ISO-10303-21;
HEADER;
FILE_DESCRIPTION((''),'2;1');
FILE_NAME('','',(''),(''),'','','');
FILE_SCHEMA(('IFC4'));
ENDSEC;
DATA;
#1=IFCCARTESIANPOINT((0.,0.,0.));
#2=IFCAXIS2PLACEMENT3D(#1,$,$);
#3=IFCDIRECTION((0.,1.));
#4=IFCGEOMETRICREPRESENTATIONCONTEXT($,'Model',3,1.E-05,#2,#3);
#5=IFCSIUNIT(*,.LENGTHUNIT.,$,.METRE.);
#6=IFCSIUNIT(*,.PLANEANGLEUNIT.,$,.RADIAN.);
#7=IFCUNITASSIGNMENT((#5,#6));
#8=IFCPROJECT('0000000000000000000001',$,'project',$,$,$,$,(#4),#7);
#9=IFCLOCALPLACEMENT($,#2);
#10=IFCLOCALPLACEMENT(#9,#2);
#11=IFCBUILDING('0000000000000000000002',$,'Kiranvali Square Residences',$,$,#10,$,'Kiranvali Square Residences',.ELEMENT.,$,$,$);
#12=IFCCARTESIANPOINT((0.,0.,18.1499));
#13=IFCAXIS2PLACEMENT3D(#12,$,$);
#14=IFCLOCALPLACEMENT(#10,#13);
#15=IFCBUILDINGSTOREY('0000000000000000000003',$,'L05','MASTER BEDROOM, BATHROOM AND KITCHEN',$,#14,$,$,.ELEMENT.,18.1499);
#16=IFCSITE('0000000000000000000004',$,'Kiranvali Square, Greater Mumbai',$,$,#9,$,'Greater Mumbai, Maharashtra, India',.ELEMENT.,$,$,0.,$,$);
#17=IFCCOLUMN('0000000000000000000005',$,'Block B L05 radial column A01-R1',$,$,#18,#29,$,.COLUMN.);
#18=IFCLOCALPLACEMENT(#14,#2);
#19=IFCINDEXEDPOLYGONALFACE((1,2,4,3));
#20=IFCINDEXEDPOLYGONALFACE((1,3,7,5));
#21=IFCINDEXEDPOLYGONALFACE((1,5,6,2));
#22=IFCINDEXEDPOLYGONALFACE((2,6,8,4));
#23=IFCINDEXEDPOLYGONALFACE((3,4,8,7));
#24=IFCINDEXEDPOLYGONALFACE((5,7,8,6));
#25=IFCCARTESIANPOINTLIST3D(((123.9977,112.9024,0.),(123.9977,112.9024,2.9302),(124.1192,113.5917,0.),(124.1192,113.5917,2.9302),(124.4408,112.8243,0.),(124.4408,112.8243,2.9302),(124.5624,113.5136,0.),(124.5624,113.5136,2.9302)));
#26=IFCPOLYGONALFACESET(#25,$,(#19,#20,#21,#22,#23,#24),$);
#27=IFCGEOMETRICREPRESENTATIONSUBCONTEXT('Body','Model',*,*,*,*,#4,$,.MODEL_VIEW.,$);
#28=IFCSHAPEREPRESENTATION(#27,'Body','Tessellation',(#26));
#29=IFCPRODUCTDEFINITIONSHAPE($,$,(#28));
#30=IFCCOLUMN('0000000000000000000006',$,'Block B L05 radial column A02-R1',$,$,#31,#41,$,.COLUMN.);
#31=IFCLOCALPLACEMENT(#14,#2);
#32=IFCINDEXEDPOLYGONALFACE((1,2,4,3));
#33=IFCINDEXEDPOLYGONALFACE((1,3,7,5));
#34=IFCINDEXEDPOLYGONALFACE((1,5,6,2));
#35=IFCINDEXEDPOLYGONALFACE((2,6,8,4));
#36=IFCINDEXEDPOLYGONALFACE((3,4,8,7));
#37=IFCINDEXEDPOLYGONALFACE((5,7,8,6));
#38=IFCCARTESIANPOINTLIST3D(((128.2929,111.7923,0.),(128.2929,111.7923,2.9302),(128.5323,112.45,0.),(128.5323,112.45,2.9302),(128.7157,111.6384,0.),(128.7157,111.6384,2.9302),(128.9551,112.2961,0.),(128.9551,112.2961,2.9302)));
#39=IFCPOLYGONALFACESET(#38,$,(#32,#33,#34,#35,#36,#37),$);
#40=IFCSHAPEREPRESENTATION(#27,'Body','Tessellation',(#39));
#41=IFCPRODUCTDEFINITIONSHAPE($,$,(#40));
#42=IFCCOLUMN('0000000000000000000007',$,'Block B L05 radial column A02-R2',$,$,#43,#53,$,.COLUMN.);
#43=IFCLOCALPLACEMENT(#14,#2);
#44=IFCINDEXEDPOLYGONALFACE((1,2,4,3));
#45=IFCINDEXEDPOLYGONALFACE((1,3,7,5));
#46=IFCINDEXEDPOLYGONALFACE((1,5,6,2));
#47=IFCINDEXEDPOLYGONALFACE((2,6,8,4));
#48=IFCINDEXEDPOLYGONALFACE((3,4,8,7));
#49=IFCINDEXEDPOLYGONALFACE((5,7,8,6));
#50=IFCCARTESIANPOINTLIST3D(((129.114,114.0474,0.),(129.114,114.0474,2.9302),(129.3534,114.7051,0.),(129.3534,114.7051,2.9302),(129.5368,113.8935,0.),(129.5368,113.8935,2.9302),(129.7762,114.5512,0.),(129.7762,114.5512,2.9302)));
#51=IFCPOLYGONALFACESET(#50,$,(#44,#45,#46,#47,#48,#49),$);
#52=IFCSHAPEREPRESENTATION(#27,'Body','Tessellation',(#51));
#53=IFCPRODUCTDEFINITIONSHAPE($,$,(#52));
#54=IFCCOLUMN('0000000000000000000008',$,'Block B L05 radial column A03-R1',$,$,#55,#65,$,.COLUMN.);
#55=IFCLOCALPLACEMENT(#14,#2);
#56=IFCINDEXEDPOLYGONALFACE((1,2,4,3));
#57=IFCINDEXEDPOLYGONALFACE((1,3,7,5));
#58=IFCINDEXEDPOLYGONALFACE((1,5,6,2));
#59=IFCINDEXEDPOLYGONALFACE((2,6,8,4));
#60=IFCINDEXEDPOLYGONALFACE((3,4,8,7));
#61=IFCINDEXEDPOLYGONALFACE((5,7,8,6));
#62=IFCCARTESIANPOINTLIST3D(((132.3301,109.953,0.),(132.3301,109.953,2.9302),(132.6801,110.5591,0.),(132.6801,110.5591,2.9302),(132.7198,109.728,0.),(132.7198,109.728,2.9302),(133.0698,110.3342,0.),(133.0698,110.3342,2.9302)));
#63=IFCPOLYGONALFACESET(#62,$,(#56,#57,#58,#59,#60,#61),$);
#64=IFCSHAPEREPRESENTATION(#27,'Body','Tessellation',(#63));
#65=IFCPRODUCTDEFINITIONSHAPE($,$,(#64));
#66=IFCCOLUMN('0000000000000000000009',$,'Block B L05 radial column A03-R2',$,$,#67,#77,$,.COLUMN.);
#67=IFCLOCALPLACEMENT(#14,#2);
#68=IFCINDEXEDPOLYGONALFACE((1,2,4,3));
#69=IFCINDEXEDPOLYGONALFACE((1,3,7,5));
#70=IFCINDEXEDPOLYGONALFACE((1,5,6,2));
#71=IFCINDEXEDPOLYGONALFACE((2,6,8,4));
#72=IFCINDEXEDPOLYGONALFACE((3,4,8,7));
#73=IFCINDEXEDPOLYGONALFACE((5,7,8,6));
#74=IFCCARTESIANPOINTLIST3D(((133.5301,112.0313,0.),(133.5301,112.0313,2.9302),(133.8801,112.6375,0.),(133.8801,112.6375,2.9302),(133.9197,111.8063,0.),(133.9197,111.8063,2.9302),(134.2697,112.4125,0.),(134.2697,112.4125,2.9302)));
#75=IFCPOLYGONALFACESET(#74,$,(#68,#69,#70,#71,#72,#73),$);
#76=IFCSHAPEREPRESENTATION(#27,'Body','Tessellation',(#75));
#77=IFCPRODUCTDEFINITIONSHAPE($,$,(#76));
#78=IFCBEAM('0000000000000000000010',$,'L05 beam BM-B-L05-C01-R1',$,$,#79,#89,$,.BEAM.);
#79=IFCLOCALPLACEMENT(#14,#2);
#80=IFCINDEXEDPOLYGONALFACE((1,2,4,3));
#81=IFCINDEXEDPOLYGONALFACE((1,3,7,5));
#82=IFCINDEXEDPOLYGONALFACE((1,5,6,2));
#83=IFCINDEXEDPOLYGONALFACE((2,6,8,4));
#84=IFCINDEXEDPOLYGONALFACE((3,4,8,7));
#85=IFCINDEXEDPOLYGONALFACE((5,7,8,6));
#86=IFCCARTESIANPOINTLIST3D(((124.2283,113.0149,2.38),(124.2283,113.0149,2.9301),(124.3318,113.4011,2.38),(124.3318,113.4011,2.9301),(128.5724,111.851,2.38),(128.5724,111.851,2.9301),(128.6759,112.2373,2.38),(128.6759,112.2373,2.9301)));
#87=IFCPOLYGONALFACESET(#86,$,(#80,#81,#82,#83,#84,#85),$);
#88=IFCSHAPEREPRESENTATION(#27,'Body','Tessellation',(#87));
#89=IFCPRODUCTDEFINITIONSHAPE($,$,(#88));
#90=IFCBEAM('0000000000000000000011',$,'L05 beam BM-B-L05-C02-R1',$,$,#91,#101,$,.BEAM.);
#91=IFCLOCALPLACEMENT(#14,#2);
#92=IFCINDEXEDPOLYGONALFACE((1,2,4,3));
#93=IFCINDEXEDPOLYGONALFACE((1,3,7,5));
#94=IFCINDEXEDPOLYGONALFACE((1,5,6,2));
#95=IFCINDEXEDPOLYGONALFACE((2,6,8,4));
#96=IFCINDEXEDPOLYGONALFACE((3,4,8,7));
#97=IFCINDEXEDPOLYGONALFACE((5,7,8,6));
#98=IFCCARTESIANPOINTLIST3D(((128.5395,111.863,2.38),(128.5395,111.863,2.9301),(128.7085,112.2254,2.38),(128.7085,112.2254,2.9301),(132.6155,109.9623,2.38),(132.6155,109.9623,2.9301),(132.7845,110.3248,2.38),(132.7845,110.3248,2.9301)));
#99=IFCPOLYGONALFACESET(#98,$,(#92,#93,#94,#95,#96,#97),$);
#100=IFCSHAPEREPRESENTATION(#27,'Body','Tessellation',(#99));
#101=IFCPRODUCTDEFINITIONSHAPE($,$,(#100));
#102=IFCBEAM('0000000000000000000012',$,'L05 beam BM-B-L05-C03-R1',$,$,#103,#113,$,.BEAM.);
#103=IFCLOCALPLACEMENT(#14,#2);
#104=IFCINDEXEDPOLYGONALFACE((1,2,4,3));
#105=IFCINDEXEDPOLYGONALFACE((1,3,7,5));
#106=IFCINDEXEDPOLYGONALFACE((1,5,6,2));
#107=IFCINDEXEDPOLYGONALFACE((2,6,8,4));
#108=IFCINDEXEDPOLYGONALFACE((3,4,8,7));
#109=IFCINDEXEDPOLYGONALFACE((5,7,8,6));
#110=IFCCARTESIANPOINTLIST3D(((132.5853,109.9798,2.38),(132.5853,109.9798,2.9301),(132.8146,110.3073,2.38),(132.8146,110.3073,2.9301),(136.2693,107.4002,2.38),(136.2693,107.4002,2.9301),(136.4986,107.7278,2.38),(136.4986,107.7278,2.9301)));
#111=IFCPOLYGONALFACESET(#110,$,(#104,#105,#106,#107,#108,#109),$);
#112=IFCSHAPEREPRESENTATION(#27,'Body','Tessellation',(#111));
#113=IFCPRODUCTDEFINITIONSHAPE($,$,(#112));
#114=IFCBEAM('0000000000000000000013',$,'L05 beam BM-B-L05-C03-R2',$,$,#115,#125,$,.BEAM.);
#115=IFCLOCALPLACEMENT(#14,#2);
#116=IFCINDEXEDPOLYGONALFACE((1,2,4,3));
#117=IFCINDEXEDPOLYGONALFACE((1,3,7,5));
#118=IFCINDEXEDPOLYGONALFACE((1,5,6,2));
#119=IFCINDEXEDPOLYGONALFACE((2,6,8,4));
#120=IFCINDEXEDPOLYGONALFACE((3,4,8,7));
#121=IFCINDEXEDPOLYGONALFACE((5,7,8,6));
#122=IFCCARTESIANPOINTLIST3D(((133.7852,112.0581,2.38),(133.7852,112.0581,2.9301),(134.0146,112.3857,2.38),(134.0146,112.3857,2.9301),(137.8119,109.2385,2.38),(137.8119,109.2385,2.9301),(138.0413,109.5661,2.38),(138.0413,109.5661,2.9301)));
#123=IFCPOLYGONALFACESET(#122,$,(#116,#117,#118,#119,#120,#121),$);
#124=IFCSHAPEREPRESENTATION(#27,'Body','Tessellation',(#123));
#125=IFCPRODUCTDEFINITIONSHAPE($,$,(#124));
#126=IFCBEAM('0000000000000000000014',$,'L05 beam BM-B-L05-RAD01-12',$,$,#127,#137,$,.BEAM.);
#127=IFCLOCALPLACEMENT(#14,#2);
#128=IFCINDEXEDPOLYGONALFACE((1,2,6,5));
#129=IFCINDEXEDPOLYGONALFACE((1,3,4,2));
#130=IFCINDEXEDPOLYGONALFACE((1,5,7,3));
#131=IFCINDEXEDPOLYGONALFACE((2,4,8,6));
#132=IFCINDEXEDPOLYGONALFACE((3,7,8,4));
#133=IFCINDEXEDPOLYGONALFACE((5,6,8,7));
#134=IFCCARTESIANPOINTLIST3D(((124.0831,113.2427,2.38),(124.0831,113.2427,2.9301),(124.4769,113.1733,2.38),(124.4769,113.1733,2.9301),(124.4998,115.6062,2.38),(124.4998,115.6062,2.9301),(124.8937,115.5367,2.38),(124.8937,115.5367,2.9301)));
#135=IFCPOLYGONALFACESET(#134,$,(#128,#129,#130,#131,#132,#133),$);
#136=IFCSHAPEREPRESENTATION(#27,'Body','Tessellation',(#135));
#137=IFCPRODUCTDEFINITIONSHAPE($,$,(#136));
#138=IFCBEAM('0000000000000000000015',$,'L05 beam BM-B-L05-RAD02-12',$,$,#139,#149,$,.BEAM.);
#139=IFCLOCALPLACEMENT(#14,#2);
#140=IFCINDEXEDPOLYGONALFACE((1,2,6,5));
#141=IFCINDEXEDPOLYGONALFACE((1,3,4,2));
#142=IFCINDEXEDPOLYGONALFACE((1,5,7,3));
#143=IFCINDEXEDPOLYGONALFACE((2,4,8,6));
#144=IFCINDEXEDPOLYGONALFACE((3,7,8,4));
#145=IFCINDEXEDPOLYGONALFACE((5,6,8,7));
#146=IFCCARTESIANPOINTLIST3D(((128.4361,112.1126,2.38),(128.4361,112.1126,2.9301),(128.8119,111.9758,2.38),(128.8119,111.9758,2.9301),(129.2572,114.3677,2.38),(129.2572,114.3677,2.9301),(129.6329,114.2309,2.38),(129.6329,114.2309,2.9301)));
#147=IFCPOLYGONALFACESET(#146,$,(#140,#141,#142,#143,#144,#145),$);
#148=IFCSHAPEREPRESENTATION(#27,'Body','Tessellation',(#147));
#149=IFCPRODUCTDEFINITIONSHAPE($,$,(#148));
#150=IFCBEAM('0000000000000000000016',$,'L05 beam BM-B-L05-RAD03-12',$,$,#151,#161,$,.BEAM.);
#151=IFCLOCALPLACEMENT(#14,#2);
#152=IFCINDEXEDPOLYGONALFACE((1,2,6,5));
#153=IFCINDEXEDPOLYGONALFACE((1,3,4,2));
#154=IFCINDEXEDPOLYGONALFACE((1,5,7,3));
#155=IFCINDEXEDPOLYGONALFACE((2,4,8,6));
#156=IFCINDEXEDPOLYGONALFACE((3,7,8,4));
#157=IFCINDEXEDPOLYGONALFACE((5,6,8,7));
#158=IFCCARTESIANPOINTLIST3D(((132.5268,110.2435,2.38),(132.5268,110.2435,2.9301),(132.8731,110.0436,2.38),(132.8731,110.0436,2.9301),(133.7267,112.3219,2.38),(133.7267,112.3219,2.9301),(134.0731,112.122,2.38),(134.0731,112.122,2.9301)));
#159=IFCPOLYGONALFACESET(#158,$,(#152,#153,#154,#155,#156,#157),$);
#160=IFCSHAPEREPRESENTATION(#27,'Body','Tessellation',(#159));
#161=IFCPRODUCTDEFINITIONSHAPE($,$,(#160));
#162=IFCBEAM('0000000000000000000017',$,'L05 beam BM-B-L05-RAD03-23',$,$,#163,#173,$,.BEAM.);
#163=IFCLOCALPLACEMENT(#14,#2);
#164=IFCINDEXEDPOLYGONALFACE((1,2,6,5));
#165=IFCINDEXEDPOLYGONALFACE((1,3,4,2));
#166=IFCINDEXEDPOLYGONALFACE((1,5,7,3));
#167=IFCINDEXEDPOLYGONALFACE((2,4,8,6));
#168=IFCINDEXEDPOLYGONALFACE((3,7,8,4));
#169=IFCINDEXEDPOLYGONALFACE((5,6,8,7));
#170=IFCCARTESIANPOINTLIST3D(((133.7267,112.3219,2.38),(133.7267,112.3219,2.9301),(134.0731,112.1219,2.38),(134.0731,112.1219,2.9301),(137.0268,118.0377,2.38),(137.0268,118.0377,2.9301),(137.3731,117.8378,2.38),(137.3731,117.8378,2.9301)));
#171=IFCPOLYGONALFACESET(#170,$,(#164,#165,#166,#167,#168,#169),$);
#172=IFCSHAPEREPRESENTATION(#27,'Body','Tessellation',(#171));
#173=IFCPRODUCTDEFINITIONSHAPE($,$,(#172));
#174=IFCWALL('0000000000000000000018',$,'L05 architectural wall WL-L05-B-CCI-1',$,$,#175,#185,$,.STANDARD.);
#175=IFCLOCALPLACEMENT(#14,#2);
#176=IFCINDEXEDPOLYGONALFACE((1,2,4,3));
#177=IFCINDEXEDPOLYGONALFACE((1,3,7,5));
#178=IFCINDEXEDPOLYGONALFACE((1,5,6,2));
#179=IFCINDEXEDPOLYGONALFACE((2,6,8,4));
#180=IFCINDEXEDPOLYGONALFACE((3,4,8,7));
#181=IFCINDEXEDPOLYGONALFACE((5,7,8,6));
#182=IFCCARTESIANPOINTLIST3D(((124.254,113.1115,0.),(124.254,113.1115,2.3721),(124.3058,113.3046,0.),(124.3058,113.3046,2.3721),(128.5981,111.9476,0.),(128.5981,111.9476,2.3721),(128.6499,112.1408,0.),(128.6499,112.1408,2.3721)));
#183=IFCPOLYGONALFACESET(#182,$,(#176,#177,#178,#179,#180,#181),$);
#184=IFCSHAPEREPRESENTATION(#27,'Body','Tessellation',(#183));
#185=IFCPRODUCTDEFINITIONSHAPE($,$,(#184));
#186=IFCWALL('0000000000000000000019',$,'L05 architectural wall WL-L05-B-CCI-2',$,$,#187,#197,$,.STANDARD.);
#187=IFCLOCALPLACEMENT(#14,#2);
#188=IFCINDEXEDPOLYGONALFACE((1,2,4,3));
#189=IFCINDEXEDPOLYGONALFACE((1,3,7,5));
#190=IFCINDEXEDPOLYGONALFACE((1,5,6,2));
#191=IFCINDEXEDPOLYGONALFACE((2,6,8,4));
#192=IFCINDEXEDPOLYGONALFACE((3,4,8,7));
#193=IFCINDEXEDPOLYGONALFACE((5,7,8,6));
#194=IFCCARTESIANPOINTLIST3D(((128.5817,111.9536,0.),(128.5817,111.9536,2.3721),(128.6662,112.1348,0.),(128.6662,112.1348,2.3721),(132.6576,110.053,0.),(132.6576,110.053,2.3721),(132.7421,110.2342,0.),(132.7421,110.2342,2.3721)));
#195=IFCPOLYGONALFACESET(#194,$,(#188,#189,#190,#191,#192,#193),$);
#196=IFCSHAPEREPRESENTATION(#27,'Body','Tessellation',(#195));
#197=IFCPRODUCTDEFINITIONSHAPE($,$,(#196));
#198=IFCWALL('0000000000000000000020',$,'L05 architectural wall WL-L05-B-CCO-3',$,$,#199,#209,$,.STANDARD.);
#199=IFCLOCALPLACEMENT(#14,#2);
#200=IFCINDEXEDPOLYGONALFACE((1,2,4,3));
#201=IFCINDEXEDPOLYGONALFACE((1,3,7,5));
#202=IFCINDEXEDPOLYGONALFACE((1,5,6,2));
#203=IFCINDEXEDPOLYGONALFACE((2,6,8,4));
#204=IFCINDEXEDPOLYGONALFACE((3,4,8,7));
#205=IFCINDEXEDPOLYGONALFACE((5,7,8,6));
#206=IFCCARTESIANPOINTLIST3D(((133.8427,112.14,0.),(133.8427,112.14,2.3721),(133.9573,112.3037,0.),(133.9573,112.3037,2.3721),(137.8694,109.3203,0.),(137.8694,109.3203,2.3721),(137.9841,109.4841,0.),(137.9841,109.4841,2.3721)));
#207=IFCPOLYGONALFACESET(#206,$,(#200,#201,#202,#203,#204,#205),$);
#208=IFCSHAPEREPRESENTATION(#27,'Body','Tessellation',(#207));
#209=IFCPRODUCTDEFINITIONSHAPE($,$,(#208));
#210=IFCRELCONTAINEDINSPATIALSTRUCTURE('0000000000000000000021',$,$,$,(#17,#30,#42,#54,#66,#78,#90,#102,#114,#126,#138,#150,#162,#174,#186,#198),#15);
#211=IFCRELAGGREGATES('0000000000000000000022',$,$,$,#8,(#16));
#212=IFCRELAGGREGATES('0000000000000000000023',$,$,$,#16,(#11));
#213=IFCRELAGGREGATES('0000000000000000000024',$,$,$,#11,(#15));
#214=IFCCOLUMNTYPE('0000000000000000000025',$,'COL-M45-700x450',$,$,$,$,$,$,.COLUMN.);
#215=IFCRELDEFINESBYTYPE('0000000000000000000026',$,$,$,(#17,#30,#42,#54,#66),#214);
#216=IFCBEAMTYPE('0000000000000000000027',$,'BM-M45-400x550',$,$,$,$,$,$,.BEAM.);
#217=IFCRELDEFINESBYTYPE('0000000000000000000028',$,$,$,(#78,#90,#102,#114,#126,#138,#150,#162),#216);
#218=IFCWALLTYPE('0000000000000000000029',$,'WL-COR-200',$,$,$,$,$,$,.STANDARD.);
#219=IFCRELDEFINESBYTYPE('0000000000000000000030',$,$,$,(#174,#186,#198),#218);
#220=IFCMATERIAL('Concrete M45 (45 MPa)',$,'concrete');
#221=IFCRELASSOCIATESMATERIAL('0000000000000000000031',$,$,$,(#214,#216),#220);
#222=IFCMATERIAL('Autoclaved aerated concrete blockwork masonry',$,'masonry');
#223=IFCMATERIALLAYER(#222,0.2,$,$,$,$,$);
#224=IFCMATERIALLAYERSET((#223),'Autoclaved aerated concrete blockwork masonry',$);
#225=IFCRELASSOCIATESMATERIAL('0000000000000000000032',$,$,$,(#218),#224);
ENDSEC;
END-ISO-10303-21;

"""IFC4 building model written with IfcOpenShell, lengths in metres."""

from ifc_helpers import new_model, si_unit, direction, frame, frame_2d, origin, origin_2d, place, context, subcontext, project, spatial, rectangle, extrude, material, layer, layer_set, material_profile, profile_set, type_object, element, save


model = new_model("IFC4")

# Units and contexts
model_context = context("Model", 3, precision=1e-05, world=origin(), true_north=direction((0.0, 1.0)))
body_context = subcontext(model_context, "Body", "Model", "MODEL_VIEW")
ifc_project = project(units=[si_unit("LENGTHUNIT", "METRE"), si_unit("PLANEANGLEUNIT", "RADIAN")], contexts=[model_context])

# Site, building, storey
site_placement = place(None, origin())
site = spatial("IfcSite", under=ifc_project, at=site_placement, Name="Kiranvali Square, Greater Mumbai", LongName="Greater Mumbai, Maharashtra, India", CompositionType="ELEMENT", RefElevation=0.0)
building_placement = place(site_placement, origin())
building = spatial("IfcBuilding", under=site, at=building_placement, Name="Kiranvali Square Residences", LongName="Kiranvali Square Residences", CompositionType="ELEMENT")
storey_placement = place(building_placement, frame((0.0, 0.0, 18.1499)))
storey = spatial("IfcBuildingStorey", under=building, at=storey_placement, Name="L05", Description="MASTER BEDROOM, BATHROOM AND KITCHEN", CompositionType="ELEMENT", Elevation=18.1499)

# Columns
ifc_material_1 = material(Name="Concrete M45 (45 MPa)", Category="concrete")
ifc_material_profile_1 = material_profile(ifc_material_1, rectangle(XDim=0.45, YDim=0.7, at=origin_2d()), Name="RC 700x450")
ifc_profile_set_1 = profile_set([ifc_material_profile_1], Name="Concrete M45 (45 MPa)")
column_type = type_object("IfcColumnType", Name="COL-M45-700x450", PredefinedType="COLUMN", material=ifc_profile_set_1)
for number, where, z_axis, x_axis, name in (
    (1, (124.28, 113.208, 0.0), (0.0, 0.0, 1.0), (-0.984808, 0.173648, 0.0), "Block B L05 radial column A01-R1"),
    (2, (128.624, 112.0442, 0.0), (0.0, 0.0, 1.0), (-0.939693, 0.34202, 0.0), "Block B L05 radial column A02-R1"),
    (3, (129.4451, 114.2993, 0.0), (0.0, 0.0, 1.0), (-0.939693, 0.34202, 0.0), "Block B L05 radial column A02-R2"),
    (4, (132.7, 110.1436, 0.0), (0.0, 0.0, 1.0), (-0.866025, 0.5, 0.0), "Block B L05 radial column A03-R1"),
    (5, (133.8999, 112.2219, 0.0), (0.0, 0.0, 1.0), (-0.866025, 0.5, 0.0), "Block B L05 radial column A03-R2"),
):
    element("IfcColumn", number, at=place(storey_placement, frame(where, z_axis=z_axis, x_axis=x_axis)), inside=storey, type_object=column_type, Name=name, PredefinedType="COLUMN", context=body_context, shape_type="SweptSolid", body=[
        extrude(rectangle(XDim=0.45, YDim=0.7, at=origin_2d()), origin(), (0.0, 0.0, 1.0), 2.9302),
    ])

# Beams
ifc_material_profile_2 = material_profile(ifc_material_1, rectangle(XDim=0.3999, YDim=0.55, at=origin_2d()), Name="RC 400x550")
ifc_profile_set_2 = profile_set([ifc_material_profile_2], Name="Concrete M45 (45 MPa)")
beam_type = type_object("IfcBeamType", Name="BM-M45-400x550", PredefinedType="BEAM", material=ifc_profile_set_2)
for number, where, z_axis, x_axis, name in (
    (6, (124.28, 113.208, 2.655), (0.965934, -0.258788, 0.0), (0.258788, 0.965934, 0.0), "L05 beam BM-B-L05-C01-R1"),
    (7, (128.624, 112.0442, 2.655), (0.906308, -0.422618, 0.0), (0.422618, 0.906308, 0.0), "L05 beam BM-B-L05-C02-R1"),
    (8, (132.7, 110.1436, 2.655), (0.819155, -0.573572, 0.0), (0.573572, 0.819155, 0.0), "L05 beam BM-B-L05-C03-R1"),
):
    element("IfcBeam", number, at=place(storey_placement, frame(where, z_axis=z_axis, x_axis=x_axis)), inside=storey, type_object=beam_type, Name=name, PredefinedType="BEAM", context=body_context, shape_type="SweptSolid", body=[
        extrude(rectangle(XDim=0.3999, YDim=0.55, at=origin_2d()), origin(), (0.0, 0.0, 1.0), 4.4973),
    ])
beam_1_placement = place(storey_placement, frame((133.8999, 112.2219, 2.655), z_axis=(0.819141, -0.573592, 0.0), x_axis=(0.573592, 0.819141, 0.0)))
element("IfcBeam", 9, at=beam_1_placement, inside=storey, type_object=beam_type, Name="L05 beam BM-B-L05-C03-R2", PredefinedType="BEAM", context=body_context, shape_type="SweptSolid", body=[
    extrude(rectangle(XDim=0.3999, YDim=0.55, at=origin_2d()), origin(), (0.0, 0.0, 1.0), 4.9158),
])
for number, where, z_axis, x_axis, name in (
    (10, (124.28, 113.208, 2.655), (0.173646, 0.984808, 0.0), (-0.984808, 0.173646, 0.0), "L05 beam BM-B-L05-RAD01-12"),
    (11, (128.624, 112.0442, 2.655), (0.342111, 0.93966, 0.0), (-0.93966, 0.342111, 0.0), "L05 beam BM-B-L05-RAD02-12"),
    (12, (132.7, 110.1436, 2.655), (0.500001, 0.866025, 0.0), (-0.866025, 0.500001, 0.0), "L05 beam BM-B-L05-RAD03-12"),
):
    element("IfcBeam", number, at=place(storey_placement, frame(where, z_axis=z_axis, x_axis=x_axis)), inside=storey, type_object=beam_type, Name=name, PredefinedType="BEAM", context=body_context, shape_type="SweptSolid", body=[
        extrude(rectangle(XDim=0.3999, YDim=0.55, at=origin_2d()), origin(), (0.0, 0.0, 1.0), 2.3999),
    ])
beam_2_placement = place(storey_placement, frame((133.8999, 112.2219, 2.655), z_axis=(0.500002, 0.866024, 0.0), x_axis=(-0.866024, 0.500002, 0.0)))
element("IfcBeam", 13, at=beam_2_placement, inside=storey, type_object=beam_type, Name="L05 beam BM-B-L05-RAD03-23", PredefinedType="BEAM", context=body_context, shape_type="SweptSolid", body=[
    extrude(rectangle(XDim=0.3999, YDim=0.55, at=origin_2d()), origin(), (0.0, 0.0, 1.0), 6.6001),
])

# Walls
ifc_material_2 = material(Name="Autoclaved aerated concrete blockwork masonry", Category="masonry")
ifc_layer_1 = layer(ifc_material_2, 0.2)
ifc_layer_set_1 = layer_set([ifc_layer_1], Name="Autoclaved aerated concrete blockwork masonry")
wall_type_1 = type_object("IfcWallType", Name="WL-COR-200", PredefinedType="STANDARD", material=ifc_layer_set_1)
for number, where, z_axis, x_axis, name in (
    (14, (124.28, 113.208, 0.0), (0.0, 0.0, 1.0), (0.965934, -0.258788, 0.0), "L05 architectural wall WL-L05-B-CCI-1"),
    (15, (128.624, 112.0442, 0.0), (0.0, 0.0, 1.0), (0.906308, -0.422618, 0.0), "L05 architectural wall WL-L05-B-CCI-2"),
):
    element("IfcWall", number, at=place(storey_placement, frame(where, z_axis=z_axis, x_axis=x_axis)), inside=storey, type_object=wall_type_1, Name=name, PredefinedType="STANDARD", context=body_context, shape_type="SweptSolid", body=[
        extrude(rectangle(XDim=4.4973, YDim=0.2, at=frame_2d((2.2485, 0.0))), origin(), (0.0, 0.0, 1.0), 2.3721),
    ])

# Wall
wall_1_placement = place(storey_placement, frame((133.8999, 112.2219, 0.0), z_axis=(0.0, 0.0, 1.0), x_axis=(0.819141, -0.573592, 0.0)))
element("IfcWall", 16, at=wall_1_placement, inside=storey, type_object=wall_type_1, Name="L05 architectural wall WL-L05-B-CCO-3", PredefinedType="STANDARD", context=body_context, shape_type="SweptSolid", body=[
    extrude(rectangle(XDim=4.9158, YDim=0.2, at=frame_2d((2.458, 0.0))), origin(), (0.0, 0.0, 1.0), 2.3721),
])

save(model, "model.ifc")
